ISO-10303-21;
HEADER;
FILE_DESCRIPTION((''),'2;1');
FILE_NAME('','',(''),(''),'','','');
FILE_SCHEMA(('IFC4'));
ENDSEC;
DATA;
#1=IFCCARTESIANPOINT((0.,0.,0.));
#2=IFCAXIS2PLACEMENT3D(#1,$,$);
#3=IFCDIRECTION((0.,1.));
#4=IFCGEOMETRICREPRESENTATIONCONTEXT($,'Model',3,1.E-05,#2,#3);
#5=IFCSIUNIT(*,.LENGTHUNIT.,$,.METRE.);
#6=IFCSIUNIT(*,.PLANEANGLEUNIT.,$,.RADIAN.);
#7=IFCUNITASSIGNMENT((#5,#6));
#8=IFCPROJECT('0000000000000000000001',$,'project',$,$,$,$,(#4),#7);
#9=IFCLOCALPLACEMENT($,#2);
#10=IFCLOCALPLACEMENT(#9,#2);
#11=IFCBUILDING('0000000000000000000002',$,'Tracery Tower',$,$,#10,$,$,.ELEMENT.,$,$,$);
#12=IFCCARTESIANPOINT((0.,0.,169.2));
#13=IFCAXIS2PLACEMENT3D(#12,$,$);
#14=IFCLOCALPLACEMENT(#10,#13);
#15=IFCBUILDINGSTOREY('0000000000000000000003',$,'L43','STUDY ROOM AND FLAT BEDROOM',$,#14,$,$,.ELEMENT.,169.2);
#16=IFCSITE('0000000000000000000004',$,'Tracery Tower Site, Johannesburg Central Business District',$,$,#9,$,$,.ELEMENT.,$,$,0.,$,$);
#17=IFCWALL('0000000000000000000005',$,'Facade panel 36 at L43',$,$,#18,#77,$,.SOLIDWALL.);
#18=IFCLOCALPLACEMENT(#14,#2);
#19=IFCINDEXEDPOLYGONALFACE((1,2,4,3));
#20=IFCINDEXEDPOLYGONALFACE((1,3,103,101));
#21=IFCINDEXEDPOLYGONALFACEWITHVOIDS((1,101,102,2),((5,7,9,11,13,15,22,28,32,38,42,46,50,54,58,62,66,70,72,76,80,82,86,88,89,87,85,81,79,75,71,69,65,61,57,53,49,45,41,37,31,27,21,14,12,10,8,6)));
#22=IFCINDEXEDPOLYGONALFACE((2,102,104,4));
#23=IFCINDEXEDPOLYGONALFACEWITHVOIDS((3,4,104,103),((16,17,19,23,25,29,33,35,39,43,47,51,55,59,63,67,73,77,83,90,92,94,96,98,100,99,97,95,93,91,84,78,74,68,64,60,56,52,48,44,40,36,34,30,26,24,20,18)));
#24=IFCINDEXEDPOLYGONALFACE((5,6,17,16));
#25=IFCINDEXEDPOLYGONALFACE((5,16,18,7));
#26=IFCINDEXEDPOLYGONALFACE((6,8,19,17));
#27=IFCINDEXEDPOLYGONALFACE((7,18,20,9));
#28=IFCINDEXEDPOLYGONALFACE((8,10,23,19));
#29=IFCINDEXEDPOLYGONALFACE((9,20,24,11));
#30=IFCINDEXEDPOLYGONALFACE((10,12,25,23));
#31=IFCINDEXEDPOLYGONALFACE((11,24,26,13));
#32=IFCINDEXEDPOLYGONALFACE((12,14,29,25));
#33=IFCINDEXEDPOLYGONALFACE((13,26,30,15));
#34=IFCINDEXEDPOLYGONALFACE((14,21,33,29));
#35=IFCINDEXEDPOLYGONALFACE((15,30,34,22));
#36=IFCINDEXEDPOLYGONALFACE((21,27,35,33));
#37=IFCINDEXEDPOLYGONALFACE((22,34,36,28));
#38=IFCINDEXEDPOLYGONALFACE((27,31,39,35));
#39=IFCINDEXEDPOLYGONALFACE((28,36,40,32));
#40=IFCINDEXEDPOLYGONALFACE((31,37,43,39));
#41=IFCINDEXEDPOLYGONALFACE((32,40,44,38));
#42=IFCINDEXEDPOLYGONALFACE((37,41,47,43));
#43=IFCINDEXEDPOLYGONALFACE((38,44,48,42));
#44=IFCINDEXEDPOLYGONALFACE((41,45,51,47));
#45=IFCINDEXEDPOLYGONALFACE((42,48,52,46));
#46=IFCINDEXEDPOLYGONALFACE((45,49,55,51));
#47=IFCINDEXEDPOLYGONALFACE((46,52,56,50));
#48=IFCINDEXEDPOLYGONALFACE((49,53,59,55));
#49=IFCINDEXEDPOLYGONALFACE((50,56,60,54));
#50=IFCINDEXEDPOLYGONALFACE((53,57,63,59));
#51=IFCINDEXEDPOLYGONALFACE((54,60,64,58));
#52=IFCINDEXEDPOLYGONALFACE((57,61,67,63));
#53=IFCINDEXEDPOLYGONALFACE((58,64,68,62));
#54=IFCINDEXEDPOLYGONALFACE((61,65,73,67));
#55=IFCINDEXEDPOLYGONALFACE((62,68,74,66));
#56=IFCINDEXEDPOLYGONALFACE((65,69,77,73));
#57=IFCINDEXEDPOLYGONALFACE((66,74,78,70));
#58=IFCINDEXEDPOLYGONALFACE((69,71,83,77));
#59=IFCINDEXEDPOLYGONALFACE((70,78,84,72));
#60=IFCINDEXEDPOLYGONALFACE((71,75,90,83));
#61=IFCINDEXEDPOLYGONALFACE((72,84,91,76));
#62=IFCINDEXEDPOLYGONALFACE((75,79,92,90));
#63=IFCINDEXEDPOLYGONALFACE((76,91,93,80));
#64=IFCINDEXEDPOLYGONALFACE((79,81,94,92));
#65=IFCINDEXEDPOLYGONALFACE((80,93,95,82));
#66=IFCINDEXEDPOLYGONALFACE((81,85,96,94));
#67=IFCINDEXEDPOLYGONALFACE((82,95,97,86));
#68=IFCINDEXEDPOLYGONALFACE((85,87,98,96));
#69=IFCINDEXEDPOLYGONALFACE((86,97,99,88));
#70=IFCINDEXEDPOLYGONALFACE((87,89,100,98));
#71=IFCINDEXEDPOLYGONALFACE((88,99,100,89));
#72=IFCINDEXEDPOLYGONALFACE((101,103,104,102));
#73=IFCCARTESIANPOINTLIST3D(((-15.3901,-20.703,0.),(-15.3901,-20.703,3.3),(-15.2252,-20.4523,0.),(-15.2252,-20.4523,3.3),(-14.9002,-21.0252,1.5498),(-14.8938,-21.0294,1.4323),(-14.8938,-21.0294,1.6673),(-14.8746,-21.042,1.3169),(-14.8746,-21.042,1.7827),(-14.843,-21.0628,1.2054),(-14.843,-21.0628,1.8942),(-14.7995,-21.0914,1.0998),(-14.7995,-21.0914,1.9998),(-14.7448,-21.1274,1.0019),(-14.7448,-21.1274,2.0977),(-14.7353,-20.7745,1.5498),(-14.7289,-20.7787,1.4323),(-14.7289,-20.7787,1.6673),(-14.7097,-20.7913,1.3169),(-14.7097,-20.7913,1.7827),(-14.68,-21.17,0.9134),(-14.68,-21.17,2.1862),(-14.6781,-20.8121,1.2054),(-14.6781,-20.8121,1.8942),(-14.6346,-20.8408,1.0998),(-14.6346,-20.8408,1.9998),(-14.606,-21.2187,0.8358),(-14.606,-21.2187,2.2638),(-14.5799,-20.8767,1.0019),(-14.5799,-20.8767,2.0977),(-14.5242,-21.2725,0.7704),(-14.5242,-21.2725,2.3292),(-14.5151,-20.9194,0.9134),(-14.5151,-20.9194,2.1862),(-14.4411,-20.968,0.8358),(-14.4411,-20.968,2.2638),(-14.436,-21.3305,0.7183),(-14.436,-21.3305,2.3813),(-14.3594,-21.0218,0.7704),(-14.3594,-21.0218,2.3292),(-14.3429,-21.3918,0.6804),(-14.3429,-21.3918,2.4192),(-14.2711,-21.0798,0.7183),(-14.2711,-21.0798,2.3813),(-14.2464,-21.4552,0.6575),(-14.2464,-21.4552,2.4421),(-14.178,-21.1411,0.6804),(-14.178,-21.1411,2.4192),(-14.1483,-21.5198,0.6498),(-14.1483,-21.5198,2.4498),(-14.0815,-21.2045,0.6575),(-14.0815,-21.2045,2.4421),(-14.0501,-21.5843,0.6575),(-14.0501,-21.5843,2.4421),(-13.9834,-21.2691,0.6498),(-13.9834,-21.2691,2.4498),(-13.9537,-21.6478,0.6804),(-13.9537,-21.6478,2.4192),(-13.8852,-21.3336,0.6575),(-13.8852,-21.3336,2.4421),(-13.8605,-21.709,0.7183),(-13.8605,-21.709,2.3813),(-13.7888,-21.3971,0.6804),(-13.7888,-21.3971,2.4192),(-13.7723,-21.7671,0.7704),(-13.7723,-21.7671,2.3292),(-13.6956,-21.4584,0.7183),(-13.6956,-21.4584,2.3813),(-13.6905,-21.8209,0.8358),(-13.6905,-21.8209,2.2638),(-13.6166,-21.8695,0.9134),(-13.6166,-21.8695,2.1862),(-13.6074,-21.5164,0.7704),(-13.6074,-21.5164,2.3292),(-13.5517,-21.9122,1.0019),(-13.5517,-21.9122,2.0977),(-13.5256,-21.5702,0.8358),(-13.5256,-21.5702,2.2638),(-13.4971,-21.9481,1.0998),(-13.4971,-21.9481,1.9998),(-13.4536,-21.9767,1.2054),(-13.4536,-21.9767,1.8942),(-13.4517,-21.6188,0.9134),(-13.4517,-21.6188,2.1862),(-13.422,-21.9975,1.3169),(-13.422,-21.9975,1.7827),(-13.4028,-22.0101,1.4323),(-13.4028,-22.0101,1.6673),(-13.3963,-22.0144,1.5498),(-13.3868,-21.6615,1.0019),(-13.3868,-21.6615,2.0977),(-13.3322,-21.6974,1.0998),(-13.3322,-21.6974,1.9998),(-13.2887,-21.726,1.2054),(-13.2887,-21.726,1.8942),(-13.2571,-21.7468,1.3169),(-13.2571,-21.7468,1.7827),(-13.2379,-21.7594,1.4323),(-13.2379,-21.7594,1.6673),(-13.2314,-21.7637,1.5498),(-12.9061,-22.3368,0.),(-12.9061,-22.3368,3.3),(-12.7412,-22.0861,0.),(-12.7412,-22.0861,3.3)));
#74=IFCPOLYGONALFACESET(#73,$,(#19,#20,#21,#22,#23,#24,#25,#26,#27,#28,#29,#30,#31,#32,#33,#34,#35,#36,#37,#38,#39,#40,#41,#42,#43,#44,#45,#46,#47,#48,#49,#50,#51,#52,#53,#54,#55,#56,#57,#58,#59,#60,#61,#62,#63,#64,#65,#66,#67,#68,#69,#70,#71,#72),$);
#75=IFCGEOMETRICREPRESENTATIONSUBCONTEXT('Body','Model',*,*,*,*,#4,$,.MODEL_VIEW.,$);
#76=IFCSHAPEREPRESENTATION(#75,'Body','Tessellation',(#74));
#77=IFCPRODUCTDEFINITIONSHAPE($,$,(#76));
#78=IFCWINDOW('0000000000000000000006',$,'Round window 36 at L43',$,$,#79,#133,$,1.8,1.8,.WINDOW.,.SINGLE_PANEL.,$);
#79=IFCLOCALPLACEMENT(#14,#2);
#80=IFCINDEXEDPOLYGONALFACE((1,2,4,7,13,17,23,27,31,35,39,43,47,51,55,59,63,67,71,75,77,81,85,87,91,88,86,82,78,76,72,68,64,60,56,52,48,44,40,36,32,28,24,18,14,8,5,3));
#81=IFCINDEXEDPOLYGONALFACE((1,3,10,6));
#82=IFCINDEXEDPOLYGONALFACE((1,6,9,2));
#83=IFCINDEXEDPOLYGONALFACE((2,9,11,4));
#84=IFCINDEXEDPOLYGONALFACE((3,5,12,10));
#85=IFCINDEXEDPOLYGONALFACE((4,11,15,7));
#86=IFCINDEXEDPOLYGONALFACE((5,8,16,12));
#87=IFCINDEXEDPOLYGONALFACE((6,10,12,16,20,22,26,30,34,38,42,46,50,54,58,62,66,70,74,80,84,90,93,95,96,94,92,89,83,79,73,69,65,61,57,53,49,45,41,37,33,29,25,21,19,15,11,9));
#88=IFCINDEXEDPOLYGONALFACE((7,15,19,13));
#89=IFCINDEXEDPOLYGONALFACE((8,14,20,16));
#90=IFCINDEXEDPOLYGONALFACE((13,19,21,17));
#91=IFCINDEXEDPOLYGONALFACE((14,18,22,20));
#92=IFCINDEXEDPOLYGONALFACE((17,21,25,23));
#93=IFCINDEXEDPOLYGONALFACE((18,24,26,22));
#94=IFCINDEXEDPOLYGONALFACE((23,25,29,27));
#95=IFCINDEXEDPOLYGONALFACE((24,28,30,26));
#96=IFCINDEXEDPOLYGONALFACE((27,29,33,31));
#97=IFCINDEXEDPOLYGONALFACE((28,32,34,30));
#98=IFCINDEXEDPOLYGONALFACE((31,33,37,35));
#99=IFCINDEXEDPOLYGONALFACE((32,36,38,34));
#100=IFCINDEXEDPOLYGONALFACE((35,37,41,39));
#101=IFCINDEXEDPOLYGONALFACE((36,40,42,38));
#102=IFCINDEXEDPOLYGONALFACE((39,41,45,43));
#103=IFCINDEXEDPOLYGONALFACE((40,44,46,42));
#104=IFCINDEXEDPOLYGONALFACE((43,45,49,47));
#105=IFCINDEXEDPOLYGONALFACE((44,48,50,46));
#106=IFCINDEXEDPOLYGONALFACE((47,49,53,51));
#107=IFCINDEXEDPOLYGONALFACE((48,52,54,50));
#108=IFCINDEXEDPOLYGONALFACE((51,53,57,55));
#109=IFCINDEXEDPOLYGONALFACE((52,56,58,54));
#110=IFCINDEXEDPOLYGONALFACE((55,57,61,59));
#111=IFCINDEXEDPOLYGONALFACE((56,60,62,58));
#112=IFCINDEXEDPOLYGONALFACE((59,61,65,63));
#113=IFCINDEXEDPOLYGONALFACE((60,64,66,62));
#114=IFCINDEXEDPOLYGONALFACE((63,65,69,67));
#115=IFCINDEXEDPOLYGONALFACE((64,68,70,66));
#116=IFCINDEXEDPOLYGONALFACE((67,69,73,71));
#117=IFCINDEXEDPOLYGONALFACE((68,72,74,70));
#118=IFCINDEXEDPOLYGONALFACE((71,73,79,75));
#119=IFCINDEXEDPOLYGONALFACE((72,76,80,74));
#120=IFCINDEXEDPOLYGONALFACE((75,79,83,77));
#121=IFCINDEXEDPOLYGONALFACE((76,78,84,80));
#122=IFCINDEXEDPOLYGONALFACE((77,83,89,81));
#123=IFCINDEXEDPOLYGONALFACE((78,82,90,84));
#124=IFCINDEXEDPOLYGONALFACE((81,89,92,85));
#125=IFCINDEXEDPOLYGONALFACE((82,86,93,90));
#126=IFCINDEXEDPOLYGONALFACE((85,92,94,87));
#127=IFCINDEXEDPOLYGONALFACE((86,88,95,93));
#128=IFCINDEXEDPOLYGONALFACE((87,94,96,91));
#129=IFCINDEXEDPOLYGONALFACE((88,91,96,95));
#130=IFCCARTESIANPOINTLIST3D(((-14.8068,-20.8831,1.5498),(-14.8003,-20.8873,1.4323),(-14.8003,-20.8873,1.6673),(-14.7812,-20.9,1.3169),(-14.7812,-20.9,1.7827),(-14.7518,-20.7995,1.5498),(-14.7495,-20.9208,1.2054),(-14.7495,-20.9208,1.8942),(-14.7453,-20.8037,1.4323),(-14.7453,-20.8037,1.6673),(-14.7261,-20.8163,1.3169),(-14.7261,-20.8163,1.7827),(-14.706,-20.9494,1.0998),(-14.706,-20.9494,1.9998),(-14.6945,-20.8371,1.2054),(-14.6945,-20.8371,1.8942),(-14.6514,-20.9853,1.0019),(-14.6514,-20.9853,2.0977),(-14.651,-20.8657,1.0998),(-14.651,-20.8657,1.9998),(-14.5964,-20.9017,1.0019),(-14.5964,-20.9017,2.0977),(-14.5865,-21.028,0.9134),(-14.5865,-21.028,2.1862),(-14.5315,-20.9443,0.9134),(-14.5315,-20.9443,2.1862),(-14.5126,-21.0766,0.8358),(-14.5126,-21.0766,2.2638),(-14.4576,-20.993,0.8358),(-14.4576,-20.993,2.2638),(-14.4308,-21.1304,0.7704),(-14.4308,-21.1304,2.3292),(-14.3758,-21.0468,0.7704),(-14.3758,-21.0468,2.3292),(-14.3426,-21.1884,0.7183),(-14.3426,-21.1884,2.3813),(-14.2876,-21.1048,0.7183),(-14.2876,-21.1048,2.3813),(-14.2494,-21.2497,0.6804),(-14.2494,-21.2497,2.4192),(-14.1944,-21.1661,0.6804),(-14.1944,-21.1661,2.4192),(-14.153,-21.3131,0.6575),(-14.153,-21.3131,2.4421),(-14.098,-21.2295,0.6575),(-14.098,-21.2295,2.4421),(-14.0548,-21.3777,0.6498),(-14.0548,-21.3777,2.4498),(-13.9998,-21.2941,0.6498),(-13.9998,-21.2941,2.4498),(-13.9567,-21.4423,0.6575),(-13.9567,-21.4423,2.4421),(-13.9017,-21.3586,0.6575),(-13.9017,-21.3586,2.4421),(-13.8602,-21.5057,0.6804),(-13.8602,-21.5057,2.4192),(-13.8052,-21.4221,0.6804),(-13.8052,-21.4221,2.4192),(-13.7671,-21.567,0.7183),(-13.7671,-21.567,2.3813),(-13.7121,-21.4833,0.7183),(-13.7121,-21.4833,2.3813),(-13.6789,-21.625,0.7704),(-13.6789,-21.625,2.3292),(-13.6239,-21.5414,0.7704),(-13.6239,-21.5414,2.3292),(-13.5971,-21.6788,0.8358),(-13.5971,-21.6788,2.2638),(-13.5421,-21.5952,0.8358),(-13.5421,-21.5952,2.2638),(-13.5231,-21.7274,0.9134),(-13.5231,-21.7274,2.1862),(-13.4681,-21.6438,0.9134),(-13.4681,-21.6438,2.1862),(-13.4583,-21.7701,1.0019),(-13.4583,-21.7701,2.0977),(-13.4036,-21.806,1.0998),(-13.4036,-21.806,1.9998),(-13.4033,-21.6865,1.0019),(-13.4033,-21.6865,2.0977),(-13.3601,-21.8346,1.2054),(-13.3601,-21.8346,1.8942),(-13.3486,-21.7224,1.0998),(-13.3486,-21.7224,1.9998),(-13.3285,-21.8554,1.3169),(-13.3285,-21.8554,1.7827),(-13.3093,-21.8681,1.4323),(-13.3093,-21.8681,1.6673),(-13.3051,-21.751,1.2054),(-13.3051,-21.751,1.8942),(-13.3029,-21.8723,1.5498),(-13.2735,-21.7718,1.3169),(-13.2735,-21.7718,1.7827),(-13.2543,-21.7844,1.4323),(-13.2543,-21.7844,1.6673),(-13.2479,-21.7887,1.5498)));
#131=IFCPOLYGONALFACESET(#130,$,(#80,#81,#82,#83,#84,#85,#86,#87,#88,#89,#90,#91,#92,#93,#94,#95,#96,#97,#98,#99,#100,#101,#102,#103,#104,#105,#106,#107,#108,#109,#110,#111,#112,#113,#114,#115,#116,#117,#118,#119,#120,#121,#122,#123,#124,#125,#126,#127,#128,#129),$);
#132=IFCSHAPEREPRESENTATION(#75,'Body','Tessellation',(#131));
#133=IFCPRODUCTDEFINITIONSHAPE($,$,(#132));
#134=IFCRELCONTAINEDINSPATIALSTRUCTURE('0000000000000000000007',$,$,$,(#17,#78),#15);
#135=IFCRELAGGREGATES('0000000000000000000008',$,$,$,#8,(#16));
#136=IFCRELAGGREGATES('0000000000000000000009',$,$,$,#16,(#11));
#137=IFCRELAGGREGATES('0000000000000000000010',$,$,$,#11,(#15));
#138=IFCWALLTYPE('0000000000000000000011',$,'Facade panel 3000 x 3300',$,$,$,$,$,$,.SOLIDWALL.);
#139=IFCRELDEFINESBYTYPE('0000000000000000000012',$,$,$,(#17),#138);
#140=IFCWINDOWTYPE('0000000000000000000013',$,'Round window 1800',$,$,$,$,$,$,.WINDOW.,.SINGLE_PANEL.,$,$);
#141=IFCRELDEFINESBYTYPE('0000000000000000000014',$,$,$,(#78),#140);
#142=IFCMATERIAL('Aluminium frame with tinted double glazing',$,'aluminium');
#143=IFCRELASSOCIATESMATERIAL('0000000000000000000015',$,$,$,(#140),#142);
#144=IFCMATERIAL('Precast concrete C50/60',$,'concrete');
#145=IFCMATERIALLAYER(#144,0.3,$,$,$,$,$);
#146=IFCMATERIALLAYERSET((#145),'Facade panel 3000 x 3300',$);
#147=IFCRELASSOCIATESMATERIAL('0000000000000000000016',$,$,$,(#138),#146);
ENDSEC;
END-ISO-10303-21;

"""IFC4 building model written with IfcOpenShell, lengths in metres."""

from ifc_helpers import new_model, si_unit, direction, frame, frame_2d, origin, origin_2d, place, context, subcontext, project, spatial, rectangle, circle, extrude, material, layer, layer_set, type_object, element, fill, save


model = new_model("IFC4")

# Units and contexts
model_context = context("Model", 3, precision=1e-05, world=origin(), true_north=direction((0.0, 1.0)))
body_context = subcontext(model_context, "Body", "Model", "MODEL_VIEW")
ifc_project = project(units=[si_unit("LENGTHUNIT", "METRE"), si_unit("PLANEANGLEUNIT", "RADIAN")], contexts=[model_context])

# Site, building, storey
site_placement = place(None, origin())
site = spatial("IfcSite", under=ifc_project, at=site_placement, Name="Tracery Tower Site, Johannesburg Central Business District", CompositionType="ELEMENT", RefElevation=0.0)
building_placement = place(site_placement, origin())
building = spatial("IfcBuilding", under=site, at=building_placement, Name="Tracery Tower", CompositionType="ELEMENT")
storey_placement = place(building_placement, frame((0.0, 0.0, 169.2)))
storey = spatial("IfcBuildingStorey", under=building, at=storey_placement, Name="L43", Description="STUDY ROOM AND FLAT BEDROOM", CompositionType="ELEMENT", Elevation=169.2)

# Wall, opening, window
ifc_material_1 = material(Name="Aluminium frame with tinted double glazing", Category="aluminium")
window_type = type_object("IfcWindowType", Name="Round window 1800", PartitioningType="SINGLE_PANEL", PredefinedType="WINDOW", material=ifc_material_1)
ifc_material_2 = material(Name="Precast concrete C50/60", Category="concrete")
ifc_layer_1 = layer(ifc_material_2, 0.3)
ifc_layer_set_1 = layer_set([ifc_layer_1], Name="Facade panel 3000 x 3300")
wall_type_1 = type_object("IfcWallType", Name="Facade panel 3000 x 3300", PredefinedType="SOLIDWALL", material=ifc_layer_set_1)
wall_1_placement = place(storey_placement, frame((-15.3076, -20.5776, 0.0), z_axis=(0.0, 0.0, 1.0), x_axis=(0.835471, -0.549535, 0.0)))
wall_1 = element("IfcWall", 1, at=wall_1_placement, inside=storey, type_object=wall_type_1, Name="Facade panel 36 at L43", PredefinedType="SOLIDWALL", context=body_context, shape_type="SweptSolid", body=[
    extrude(rectangle(XDim=2.9731, YDim=0.3, at=frame_2d((1.4866, 0.0))), origin(), (0.0, 0.0, 1.0), 3.3),
])
opening_1_placement = place(wall_1_placement, frame((1.4863, 0.0, 1.5498)))
opening_1 = element("IfcOpeningElement", 2, at=opening_1_placement, cuts=wall_1, PredefinedType="OPENING", context=body_context, shape_type="SweptSolid", body=[
    extrude(circle(Radius=0.9, at=origin_2d()), frame((0.0, 0.1599, 0.0), z_axis=(0.0, -1.0, 0.0), x_axis=(1.0, 0.0, 0.0)), (0.0, 0.0, 1.0), 0.3201),
])
window_1_placement = place(opening_1_placement, origin())
window_1 = element("IfcWindow", 3, at=window_1_placement, inside=storey, type_object=window_type, Name="Round window 36 at L43", OverallHeight=1.8, OverallWidth=1.8, PartitioningType="SINGLE_PANEL", PredefinedType="WINDOW", context=body_context, shape_type="SweptSolid", body=[
    extrude(circle(Radius=0.9, at=origin_2d()), frame((0.0, 0.1201, 0.0), z_axis=(0.0, -1.0, 0.0), x_axis=(1.0, 0.0, 0.0)), (0.0, 0.0, 1.0), 0.1001),
])
fill(opening_1, window_1)

save(model, "model.ifc")
